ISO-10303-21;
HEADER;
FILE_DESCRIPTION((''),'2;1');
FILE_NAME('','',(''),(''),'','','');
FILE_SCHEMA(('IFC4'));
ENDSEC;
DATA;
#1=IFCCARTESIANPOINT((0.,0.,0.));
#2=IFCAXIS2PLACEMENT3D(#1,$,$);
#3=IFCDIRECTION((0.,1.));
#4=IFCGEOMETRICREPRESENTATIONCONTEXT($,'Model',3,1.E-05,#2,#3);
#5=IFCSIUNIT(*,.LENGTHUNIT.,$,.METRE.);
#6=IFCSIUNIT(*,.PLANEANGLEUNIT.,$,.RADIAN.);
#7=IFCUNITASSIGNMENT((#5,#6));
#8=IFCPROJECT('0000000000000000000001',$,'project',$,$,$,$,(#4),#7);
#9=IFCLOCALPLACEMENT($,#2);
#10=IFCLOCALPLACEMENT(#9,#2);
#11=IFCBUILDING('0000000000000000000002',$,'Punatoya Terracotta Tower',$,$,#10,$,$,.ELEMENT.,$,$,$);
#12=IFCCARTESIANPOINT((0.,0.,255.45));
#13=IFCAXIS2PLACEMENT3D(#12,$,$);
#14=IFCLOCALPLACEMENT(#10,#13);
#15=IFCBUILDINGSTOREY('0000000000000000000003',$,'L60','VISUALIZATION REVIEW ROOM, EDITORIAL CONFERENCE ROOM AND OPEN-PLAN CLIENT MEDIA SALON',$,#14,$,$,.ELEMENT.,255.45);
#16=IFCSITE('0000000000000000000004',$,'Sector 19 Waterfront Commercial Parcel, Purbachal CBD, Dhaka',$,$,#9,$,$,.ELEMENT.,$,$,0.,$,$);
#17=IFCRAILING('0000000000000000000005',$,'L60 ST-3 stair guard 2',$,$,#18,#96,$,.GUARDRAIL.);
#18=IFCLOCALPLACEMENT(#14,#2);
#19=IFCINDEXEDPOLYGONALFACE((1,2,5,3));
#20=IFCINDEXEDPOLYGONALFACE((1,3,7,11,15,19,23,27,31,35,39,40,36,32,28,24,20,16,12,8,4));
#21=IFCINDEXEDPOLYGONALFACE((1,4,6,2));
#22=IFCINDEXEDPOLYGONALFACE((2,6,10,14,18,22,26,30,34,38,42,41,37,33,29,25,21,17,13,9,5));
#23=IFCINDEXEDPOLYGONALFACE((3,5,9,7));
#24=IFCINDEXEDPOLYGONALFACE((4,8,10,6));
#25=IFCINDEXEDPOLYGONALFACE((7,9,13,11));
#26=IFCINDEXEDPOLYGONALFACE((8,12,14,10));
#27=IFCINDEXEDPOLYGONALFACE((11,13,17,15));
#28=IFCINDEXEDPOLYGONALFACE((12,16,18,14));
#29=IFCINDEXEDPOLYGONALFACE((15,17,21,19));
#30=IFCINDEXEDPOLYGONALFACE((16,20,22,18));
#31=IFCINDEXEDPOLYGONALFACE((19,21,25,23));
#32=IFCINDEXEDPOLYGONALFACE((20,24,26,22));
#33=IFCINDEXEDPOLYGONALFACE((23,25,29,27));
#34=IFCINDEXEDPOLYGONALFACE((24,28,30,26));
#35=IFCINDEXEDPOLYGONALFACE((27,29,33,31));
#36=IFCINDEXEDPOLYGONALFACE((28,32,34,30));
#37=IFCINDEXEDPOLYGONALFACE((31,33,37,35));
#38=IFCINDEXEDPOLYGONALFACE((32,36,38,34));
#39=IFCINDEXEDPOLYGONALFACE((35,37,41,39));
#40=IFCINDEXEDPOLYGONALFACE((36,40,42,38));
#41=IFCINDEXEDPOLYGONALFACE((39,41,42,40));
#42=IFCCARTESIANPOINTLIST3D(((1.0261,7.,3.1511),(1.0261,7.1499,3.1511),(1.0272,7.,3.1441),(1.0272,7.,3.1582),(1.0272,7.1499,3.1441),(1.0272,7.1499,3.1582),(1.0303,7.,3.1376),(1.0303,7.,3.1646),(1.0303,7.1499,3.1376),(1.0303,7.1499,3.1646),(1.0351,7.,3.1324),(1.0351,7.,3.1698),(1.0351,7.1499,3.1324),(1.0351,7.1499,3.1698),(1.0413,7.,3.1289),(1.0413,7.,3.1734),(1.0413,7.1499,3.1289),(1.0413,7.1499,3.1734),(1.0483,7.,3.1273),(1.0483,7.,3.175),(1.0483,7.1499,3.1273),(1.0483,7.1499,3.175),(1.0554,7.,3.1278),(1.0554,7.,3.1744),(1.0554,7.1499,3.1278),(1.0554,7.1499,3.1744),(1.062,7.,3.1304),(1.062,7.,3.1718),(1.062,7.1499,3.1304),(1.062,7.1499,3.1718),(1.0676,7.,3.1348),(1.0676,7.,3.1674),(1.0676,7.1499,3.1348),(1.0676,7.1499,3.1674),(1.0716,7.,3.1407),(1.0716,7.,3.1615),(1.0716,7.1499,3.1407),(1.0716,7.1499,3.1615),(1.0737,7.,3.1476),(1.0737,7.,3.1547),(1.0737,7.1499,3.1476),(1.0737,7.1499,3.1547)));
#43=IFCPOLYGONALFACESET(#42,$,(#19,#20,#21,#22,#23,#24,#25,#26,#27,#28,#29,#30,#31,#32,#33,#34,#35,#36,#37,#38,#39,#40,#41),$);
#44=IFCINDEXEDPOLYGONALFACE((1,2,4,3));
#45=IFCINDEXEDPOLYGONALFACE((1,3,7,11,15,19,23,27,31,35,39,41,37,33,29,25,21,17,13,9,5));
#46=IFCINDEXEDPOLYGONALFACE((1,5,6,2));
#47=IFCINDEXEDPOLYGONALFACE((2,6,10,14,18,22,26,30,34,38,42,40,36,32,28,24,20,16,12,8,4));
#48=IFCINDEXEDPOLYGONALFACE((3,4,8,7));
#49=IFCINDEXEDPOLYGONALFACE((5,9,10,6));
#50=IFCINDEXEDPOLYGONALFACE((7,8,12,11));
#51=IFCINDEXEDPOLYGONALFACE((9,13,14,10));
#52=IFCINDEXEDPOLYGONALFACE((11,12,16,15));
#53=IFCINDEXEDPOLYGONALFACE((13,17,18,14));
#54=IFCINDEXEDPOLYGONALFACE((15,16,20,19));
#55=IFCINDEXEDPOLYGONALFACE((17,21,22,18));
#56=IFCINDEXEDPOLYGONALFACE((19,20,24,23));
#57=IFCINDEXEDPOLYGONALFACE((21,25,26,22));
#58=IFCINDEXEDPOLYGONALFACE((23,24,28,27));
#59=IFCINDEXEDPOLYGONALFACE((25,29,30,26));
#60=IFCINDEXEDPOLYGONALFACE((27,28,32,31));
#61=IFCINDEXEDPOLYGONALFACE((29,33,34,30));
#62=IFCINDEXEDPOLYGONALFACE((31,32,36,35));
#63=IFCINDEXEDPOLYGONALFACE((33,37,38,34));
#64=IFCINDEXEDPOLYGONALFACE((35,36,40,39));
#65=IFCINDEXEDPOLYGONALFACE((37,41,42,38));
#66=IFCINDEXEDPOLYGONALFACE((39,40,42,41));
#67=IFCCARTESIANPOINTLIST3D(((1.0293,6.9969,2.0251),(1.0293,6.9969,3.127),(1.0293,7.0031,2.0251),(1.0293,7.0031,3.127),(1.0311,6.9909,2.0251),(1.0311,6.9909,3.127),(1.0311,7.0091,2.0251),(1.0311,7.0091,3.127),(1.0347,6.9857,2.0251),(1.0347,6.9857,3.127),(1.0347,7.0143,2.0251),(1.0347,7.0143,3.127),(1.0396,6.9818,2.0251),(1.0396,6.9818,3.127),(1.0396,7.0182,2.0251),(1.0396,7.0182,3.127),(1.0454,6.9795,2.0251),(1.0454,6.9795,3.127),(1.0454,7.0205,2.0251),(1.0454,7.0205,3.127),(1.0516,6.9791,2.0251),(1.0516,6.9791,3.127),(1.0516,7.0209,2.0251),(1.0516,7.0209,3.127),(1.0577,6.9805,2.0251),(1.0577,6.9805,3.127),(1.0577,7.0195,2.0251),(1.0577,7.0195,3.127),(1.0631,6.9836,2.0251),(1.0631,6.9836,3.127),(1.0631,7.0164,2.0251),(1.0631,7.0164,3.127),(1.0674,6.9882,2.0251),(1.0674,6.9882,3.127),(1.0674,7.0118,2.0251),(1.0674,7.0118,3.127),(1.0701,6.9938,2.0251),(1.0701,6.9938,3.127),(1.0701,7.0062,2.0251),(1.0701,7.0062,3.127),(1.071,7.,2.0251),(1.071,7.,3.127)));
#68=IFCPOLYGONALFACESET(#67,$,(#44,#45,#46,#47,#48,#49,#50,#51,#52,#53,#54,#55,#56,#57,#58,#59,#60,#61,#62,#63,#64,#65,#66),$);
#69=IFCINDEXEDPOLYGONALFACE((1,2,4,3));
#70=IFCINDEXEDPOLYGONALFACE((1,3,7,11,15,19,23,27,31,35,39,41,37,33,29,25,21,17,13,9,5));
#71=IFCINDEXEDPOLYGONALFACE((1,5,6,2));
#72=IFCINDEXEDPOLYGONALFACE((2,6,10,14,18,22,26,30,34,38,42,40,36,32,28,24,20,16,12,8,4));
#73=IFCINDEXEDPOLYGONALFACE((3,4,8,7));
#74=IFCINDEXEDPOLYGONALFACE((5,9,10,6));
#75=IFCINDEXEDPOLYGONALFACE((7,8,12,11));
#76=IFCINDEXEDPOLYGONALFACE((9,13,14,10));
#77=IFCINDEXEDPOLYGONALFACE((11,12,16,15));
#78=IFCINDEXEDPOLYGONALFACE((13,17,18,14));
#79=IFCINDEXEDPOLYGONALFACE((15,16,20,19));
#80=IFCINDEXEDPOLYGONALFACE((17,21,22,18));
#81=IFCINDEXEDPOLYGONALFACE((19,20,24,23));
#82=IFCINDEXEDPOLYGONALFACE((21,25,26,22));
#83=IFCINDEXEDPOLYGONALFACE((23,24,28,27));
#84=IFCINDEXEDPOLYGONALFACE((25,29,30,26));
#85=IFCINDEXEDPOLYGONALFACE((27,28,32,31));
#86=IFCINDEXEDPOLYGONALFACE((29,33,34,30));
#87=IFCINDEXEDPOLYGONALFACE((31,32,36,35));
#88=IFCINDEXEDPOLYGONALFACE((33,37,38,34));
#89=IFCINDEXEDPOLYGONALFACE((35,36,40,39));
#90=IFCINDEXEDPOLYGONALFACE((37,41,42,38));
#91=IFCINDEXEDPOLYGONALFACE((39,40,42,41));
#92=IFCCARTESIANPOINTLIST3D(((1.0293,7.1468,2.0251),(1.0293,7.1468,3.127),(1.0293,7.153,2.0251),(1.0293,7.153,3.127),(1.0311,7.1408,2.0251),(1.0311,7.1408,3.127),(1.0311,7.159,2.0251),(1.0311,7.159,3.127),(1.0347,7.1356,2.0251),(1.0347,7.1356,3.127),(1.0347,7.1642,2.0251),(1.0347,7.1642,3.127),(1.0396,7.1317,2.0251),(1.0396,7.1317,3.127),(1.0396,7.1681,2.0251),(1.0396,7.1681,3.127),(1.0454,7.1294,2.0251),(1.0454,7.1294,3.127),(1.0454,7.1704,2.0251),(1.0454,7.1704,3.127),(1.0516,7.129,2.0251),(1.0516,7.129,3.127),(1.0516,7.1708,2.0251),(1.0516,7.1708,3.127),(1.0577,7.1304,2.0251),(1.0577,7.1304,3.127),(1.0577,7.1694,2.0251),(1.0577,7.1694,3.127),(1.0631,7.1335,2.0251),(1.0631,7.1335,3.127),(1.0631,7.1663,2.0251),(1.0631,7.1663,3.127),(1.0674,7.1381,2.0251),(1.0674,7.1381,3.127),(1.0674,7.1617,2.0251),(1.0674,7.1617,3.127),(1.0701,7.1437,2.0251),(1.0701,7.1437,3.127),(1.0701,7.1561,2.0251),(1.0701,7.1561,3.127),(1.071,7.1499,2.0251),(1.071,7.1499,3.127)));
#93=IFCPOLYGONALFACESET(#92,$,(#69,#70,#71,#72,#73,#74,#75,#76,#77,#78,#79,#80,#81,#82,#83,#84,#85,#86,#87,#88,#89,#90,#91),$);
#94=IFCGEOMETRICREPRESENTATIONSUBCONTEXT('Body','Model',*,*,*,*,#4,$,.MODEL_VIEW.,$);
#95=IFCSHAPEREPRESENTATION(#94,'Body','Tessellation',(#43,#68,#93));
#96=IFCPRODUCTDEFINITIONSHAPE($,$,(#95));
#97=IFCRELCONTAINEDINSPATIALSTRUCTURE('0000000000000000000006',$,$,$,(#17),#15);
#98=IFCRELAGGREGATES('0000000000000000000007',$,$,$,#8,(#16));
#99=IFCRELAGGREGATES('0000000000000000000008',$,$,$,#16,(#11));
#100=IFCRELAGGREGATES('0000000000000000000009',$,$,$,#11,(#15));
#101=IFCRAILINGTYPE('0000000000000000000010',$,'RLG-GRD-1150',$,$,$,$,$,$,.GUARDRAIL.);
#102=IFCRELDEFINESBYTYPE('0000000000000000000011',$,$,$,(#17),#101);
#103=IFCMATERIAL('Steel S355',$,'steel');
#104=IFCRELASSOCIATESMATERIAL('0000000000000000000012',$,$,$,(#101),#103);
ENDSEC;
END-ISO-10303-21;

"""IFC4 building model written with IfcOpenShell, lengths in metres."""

from ifc_helpers import new_model, si_unit, direction, frame, origin, origin_2d, place, context, subcontext, project, spatial, circle, extrude, material, type_object, element, save


model = new_model("IFC4")

# Units and contexts
model_context = context("Model", 3, precision=1e-05, world=origin(), true_north=direction((0.0, 1.0)))
body_context = subcontext(model_context, "Body", "Model", "MODEL_VIEW")
ifc_project = project(units=[si_unit("LENGTHUNIT", "METRE"), si_unit("PLANEANGLEUNIT", "RADIAN")], contexts=[model_context])

# Site, building, storey
site_placement = place(None, origin())
site = spatial("IfcSite", under=ifc_project, at=site_placement, Name="Sector 19 Waterfront Commercial Parcel, Purbachal CBD, Dhaka", CompositionType="ELEMENT", RefElevation=0.0)
building_placement = place(site_placement, origin())
building = spatial("IfcBuilding", under=site, at=building_placement, Name="Punatoya Terracotta Tower", CompositionType="ELEMENT")
storey_placement = place(building_placement, frame((0.0, 0.0, 255.45)))
storey = spatial("IfcBuildingStorey", under=building, at=storey_placement, Name="L60", Description="VISUALIZATION REVIEW ROOM, EDITORIAL CONFERENCE ROOM AND OPEN-PLAN CLIENT MEDIA SALON", CompositionType="ELEMENT", Elevation=255.45)

# Shared definitions
ifc_material_1 = material(Name="Steel S355", Category="steel")

# Railing
railing_type_1 = type_object("IfcRailingType", Name="RLG-GRD-1150", PredefinedType="GUARDRAIL", material=ifc_material_1)
railing_1_placement = place(storey_placement, frame((1.05, 7.0, 2.0251)))
element("IfcRailing", 1, at=railing_1_placement, inside=storey, type_object=railing_type_1, Name="L60 ST-3 stair guard 2", PredefinedType="GUARDRAIL", context=body_context, shape_type="SweptSolid", body=[
    extrude(circle(Radius=0.0239, at=origin_2d()), frame((0.0, 0.0, 1.126), z_axis=(0.0, 1.0, 0.0), x_axis=(-1.0, 0.0, 0.0)), (0.0, 0.0, 1.0), 0.1499),
    extrude(circle(Radius=0.021, at=origin_2d()), origin(), (0.0, 0.0, 1.0), 1.1018),
    extrude(circle(Radius=0.021, at=origin_2d()), frame((0.0, 0.1499, 0.0)), (0.0, 0.0, 1.0), 1.1018),
])

save(model, "model.ifc")
